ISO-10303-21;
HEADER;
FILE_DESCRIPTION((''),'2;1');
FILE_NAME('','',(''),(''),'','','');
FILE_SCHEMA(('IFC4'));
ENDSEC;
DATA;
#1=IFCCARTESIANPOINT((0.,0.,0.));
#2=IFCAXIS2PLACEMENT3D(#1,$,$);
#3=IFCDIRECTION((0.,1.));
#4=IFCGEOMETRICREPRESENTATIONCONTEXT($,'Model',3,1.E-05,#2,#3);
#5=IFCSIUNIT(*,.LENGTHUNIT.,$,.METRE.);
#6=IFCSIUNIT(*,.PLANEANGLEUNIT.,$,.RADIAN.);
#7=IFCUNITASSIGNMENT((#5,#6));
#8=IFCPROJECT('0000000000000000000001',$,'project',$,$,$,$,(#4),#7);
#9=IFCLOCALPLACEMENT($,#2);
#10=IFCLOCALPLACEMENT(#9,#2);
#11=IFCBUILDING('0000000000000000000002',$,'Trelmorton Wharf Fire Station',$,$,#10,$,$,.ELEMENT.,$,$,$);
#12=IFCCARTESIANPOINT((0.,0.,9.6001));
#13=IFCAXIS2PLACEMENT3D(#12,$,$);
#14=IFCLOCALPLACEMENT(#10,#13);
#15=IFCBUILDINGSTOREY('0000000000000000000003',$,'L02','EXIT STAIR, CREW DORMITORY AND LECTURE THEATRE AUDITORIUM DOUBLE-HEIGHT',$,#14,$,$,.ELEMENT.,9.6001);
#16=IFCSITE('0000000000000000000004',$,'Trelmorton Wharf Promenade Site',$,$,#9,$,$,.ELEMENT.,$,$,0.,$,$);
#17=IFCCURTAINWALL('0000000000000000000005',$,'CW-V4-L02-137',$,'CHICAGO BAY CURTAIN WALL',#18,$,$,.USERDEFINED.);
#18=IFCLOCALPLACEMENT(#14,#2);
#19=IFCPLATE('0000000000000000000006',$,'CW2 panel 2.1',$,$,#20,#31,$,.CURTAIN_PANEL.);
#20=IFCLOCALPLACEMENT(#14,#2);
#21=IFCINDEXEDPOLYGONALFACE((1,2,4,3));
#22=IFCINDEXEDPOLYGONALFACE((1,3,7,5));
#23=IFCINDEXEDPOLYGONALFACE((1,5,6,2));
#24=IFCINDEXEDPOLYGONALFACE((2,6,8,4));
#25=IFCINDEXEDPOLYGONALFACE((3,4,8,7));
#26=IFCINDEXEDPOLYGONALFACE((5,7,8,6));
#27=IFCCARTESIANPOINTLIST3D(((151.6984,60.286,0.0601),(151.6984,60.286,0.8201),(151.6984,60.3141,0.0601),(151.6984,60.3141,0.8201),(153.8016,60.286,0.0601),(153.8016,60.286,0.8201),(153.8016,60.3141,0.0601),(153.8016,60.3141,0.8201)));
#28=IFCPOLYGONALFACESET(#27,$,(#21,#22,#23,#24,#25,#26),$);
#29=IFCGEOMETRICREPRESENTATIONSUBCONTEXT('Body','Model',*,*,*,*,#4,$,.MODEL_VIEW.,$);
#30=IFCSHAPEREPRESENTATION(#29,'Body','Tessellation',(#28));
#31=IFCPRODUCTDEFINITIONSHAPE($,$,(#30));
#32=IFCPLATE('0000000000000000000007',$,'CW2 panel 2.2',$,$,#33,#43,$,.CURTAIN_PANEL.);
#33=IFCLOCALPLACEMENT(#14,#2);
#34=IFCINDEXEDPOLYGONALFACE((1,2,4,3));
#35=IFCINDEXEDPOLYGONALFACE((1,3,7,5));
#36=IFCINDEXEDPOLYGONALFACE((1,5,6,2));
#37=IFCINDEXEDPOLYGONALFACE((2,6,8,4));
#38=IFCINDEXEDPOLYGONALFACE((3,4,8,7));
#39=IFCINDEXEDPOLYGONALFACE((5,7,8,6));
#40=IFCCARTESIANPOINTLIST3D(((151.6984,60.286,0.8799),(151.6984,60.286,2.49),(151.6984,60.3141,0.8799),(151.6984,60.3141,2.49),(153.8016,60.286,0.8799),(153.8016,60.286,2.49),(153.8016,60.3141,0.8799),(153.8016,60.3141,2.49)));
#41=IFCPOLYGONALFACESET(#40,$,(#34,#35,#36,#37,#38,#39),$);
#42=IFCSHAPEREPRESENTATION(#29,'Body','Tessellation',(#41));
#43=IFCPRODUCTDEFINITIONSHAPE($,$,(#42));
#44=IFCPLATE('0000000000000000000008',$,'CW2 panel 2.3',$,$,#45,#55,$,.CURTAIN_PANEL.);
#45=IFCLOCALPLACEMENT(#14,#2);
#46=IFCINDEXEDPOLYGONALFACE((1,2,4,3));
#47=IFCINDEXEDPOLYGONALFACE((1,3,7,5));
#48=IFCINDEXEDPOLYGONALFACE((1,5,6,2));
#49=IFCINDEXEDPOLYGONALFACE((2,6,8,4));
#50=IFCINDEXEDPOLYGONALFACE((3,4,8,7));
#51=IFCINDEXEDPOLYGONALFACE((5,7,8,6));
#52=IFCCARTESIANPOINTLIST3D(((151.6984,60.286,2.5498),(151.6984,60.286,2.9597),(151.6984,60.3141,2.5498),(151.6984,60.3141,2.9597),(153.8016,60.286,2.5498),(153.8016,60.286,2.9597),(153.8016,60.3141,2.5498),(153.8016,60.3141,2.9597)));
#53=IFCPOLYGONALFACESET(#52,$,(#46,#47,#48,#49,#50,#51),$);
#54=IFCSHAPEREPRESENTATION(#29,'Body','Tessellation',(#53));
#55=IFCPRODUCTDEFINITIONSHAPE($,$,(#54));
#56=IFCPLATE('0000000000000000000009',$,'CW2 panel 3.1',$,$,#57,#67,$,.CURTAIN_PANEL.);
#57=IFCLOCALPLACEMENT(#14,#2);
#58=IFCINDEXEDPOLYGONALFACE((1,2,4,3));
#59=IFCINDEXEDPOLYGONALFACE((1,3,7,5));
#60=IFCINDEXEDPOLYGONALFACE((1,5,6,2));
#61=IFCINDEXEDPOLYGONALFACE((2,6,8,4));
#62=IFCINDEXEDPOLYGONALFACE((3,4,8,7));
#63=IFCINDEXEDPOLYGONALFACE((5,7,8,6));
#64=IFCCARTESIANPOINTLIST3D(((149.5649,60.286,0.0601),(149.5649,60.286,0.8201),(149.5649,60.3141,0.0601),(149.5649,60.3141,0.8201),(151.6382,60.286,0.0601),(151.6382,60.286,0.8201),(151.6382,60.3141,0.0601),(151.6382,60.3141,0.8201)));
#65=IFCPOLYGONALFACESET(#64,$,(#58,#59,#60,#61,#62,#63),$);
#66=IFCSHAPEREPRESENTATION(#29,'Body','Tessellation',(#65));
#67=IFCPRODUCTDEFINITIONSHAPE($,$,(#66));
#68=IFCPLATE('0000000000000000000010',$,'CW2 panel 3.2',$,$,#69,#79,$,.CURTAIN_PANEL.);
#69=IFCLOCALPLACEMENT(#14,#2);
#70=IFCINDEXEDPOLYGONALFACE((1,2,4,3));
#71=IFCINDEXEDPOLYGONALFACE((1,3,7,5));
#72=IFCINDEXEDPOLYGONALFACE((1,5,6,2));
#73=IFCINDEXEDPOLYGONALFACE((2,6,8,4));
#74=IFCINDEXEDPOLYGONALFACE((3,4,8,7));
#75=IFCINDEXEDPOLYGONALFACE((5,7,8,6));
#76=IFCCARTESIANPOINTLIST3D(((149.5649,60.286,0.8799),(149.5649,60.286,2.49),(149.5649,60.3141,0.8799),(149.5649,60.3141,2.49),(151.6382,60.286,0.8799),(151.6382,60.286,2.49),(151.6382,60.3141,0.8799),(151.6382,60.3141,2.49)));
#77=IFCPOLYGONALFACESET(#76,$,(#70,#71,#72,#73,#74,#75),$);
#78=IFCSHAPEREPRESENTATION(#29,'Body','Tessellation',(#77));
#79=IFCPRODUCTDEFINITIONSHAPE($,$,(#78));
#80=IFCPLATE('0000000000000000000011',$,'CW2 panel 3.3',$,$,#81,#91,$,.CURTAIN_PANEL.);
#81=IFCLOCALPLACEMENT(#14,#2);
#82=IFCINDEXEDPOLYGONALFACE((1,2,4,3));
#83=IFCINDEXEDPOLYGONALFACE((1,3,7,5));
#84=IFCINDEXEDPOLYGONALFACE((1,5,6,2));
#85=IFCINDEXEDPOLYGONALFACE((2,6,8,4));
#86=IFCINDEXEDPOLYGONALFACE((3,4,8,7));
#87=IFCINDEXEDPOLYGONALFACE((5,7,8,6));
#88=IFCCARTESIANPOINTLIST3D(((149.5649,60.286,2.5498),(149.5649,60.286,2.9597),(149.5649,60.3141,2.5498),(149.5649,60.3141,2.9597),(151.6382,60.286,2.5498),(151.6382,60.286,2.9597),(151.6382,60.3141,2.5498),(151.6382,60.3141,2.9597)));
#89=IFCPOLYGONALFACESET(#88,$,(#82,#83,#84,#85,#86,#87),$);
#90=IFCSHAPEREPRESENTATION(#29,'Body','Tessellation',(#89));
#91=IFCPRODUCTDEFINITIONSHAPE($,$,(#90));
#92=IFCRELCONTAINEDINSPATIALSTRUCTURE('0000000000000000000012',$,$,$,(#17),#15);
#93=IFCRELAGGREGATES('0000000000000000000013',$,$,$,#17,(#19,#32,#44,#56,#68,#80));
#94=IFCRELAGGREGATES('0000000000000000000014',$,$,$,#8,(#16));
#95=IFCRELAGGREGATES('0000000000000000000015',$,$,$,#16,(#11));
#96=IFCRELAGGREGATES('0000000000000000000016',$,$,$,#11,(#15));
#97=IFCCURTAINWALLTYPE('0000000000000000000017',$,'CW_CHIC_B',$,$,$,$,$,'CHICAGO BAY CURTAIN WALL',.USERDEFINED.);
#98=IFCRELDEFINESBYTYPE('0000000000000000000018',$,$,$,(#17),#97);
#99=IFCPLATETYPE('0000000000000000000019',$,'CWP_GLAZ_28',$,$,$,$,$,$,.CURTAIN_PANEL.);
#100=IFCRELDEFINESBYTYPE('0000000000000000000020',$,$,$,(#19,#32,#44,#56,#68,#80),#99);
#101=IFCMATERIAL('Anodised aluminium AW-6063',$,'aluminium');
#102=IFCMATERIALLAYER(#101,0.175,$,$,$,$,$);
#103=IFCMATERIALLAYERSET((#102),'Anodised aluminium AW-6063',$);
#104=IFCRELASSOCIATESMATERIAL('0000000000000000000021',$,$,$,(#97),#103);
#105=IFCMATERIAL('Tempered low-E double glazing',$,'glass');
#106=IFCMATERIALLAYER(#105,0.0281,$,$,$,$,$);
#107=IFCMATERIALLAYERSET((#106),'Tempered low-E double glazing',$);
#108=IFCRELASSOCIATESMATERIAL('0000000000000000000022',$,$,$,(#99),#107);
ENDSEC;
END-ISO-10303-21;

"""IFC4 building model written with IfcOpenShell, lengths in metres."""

from ifc_helpers import new_model, si_unit, direction, frame, origin, origin_2d, place, context, subcontext, project, spatial, rectangle, extrude, material, layer, layer_set, type_object, element, aggregate, save


model = new_model("IFC4")

# Units and contexts
model_context = context("Model", 3, precision=1e-05, world=origin(), true_north=direction((0.0, 1.0)))
body_context = subcontext(model_context, "Body", "Model", "MODEL_VIEW")
ifc_project = project(units=[si_unit("LENGTHUNIT", "METRE"), si_unit("PLANEANGLEUNIT", "RADIAN")], contexts=[model_context])

# Site, building, storey
site_placement = place(None, origin())
site = spatial("IfcSite", under=ifc_project, at=site_placement, Name="Trelmorton Wharf Promenade Site", CompositionType="ELEMENT", RefElevation=0.0)
building_placement = place(site_placement, origin())
building = spatial("IfcBuilding", under=site, at=building_placement, Name="Trelmorton Wharf Fire Station", CompositionType="ELEMENT")
storey_placement = place(building_placement, frame((0.0, 0.0, 9.6001)))
storey = spatial("IfcBuildingStorey", under=building, at=storey_placement, Name="L02", Description="EXIT STAIR, CREW DORMITORY AND LECTURE THEATRE AUDITORIUM DOUBLE-HEIGHT", CompositionType="ELEMENT", Elevation=9.6001)

# Curtain wall
ifc_material_1 = material(Name="Anodised aluminium AW-6063", Category="aluminium")
ifc_layer_1 = layer(ifc_material_1, 0.175)
ifc_layer_set_1 = layer_set([ifc_layer_1], Name="Anodised aluminium AW-6063")
curtain_wall_type = type_object("IfcCurtainWallType", Name="CW_CHIC_B", ElementType="CHICAGO BAY CURTAIN WALL", PredefinedType="USERDEFINED", material=ifc_layer_set_1)
curtain_wall_1_placement = place(storey_placement, origin())
curtain_wall_1 = element("IfcCurtainWall", 1, at=curtain_wall_1_placement, inside=storey, type_object=curtain_wall_type, Name="CW-V4-L02-137", ObjectType="CHICAGO BAY CURTAIN WALL", PredefinedType="USERDEFINED")

# Plates
ifc_material_2 = material(Name="Tempered low-E double glazing", Category="glass")
ifc_layer_2 = layer(ifc_material_2, 0.0281)
ifc_layer_set_2 = layer_set([ifc_layer_2], Name="Tempered low-E double glazing")
plate_type = type_object("IfcPlateType", Name="CWP_GLAZ_28", PredefinedType="CURTAIN_PANEL", material=ifc_layer_set_2)
plate_1_placement = place(storey_placement, frame((152.75, 60.3, 0.0601), z_axis=(0.0, 0.0, 1.0), x_axis=(-1.0, 0.0, 0.0)))
plate_1 = element("IfcPlate", 2, at=plate_1_placement, type_object=plate_type, Name="CW2 panel 2.1", PredefinedType="CURTAIN_PANEL", context=body_context, shape_type="SweptSolid", body=[
    extrude(rectangle(XDim=2.1033, YDim=0.0281, at=origin_2d()), origin(), (0.0, 0.0, 1.0), 0.76),
])
plate_2_placement = place(storey_placement, frame((152.75, 60.3, 0.8799), z_axis=(0.0, 0.0, 1.0), x_axis=(-1.0, 0.0, 0.0)))
plate_2 = element("IfcPlate", 3, at=plate_2_placement, type_object=plate_type, Name="CW2 panel 2.2", PredefinedType="CURTAIN_PANEL", context=body_context, shape_type="SweptSolid", body=[
    extrude(rectangle(XDim=2.1033, YDim=0.0281, at=origin_2d()), origin(), (0.0, 0.0, 1.0), 1.6101),
])
plate_3_placement = place(storey_placement, frame((152.75, 60.3, 2.5498), z_axis=(0.0, 0.0, 1.0), x_axis=(-1.0, 0.0, 0.0)))
plate_3 = element("IfcPlate", 4, at=plate_3_placement, type_object=plate_type, Name="CW2 panel 2.3", PredefinedType="CURTAIN_PANEL", context=body_context, shape_type="SweptSolid", body=[
    extrude(rectangle(XDim=2.1033, YDim=0.0281, at=origin_2d()), origin(), (0.0, 0.0, 1.0), 0.4099),
])
plate_4_placement = place(storey_placement, frame((150.6016, 60.3, 0.0601), z_axis=(0.0, 0.0, 1.0), x_axis=(-1.0, 0.0, 0.0)))
plate_4 = element("IfcPlate", 5, at=plate_4_placement, type_object=plate_type, Name="CW2 panel 3.1", PredefinedType="CURTAIN_PANEL", context=body_context, shape_type="SweptSolid", body=[
    extrude(rectangle(XDim=2.0732, YDim=0.0281, at=origin_2d()), origin(), (0.0, 0.0, 1.0), 0.76),
])
plate_5_placement = place(storey_placement, frame((150.6016, 60.3, 0.8799), z_axis=(0.0, 0.0, 1.0), x_axis=(-1.0, 0.0, 0.0)))
plate_5 = element("IfcPlate", 6, at=plate_5_placement, type_object=plate_type, Name="CW2 panel 3.2", PredefinedType="CURTAIN_PANEL", context=body_context, shape_type="SweptSolid", body=[
    extrude(rectangle(XDim=2.0732, YDim=0.0281, at=origin_2d()), origin(), (0.0, 0.0, 1.0), 1.6101),
])
plate_6_placement = place(storey_placement, frame((150.6016, 60.3, 2.5498), z_axis=(0.0, 0.0, 1.0), x_axis=(-1.0, 0.0, 0.0)))
plate_6 = element("IfcPlate", 7, at=plate_6_placement, type_object=plate_type, Name="CW2 panel 3.3", PredefinedType="CURTAIN_PANEL", context=body_context, shape_type="SweptSolid", body=[
    extrude(rectangle(XDim=2.0732, YDim=0.0281, at=origin_2d()), origin(), (0.0, 0.0, 1.0), 0.4099),
])
aggregate(curtain_wall_1, [plate_1, plate_2, plate_3, plate_4, plate_5, plate_6])

save(model, "model.ifc")
